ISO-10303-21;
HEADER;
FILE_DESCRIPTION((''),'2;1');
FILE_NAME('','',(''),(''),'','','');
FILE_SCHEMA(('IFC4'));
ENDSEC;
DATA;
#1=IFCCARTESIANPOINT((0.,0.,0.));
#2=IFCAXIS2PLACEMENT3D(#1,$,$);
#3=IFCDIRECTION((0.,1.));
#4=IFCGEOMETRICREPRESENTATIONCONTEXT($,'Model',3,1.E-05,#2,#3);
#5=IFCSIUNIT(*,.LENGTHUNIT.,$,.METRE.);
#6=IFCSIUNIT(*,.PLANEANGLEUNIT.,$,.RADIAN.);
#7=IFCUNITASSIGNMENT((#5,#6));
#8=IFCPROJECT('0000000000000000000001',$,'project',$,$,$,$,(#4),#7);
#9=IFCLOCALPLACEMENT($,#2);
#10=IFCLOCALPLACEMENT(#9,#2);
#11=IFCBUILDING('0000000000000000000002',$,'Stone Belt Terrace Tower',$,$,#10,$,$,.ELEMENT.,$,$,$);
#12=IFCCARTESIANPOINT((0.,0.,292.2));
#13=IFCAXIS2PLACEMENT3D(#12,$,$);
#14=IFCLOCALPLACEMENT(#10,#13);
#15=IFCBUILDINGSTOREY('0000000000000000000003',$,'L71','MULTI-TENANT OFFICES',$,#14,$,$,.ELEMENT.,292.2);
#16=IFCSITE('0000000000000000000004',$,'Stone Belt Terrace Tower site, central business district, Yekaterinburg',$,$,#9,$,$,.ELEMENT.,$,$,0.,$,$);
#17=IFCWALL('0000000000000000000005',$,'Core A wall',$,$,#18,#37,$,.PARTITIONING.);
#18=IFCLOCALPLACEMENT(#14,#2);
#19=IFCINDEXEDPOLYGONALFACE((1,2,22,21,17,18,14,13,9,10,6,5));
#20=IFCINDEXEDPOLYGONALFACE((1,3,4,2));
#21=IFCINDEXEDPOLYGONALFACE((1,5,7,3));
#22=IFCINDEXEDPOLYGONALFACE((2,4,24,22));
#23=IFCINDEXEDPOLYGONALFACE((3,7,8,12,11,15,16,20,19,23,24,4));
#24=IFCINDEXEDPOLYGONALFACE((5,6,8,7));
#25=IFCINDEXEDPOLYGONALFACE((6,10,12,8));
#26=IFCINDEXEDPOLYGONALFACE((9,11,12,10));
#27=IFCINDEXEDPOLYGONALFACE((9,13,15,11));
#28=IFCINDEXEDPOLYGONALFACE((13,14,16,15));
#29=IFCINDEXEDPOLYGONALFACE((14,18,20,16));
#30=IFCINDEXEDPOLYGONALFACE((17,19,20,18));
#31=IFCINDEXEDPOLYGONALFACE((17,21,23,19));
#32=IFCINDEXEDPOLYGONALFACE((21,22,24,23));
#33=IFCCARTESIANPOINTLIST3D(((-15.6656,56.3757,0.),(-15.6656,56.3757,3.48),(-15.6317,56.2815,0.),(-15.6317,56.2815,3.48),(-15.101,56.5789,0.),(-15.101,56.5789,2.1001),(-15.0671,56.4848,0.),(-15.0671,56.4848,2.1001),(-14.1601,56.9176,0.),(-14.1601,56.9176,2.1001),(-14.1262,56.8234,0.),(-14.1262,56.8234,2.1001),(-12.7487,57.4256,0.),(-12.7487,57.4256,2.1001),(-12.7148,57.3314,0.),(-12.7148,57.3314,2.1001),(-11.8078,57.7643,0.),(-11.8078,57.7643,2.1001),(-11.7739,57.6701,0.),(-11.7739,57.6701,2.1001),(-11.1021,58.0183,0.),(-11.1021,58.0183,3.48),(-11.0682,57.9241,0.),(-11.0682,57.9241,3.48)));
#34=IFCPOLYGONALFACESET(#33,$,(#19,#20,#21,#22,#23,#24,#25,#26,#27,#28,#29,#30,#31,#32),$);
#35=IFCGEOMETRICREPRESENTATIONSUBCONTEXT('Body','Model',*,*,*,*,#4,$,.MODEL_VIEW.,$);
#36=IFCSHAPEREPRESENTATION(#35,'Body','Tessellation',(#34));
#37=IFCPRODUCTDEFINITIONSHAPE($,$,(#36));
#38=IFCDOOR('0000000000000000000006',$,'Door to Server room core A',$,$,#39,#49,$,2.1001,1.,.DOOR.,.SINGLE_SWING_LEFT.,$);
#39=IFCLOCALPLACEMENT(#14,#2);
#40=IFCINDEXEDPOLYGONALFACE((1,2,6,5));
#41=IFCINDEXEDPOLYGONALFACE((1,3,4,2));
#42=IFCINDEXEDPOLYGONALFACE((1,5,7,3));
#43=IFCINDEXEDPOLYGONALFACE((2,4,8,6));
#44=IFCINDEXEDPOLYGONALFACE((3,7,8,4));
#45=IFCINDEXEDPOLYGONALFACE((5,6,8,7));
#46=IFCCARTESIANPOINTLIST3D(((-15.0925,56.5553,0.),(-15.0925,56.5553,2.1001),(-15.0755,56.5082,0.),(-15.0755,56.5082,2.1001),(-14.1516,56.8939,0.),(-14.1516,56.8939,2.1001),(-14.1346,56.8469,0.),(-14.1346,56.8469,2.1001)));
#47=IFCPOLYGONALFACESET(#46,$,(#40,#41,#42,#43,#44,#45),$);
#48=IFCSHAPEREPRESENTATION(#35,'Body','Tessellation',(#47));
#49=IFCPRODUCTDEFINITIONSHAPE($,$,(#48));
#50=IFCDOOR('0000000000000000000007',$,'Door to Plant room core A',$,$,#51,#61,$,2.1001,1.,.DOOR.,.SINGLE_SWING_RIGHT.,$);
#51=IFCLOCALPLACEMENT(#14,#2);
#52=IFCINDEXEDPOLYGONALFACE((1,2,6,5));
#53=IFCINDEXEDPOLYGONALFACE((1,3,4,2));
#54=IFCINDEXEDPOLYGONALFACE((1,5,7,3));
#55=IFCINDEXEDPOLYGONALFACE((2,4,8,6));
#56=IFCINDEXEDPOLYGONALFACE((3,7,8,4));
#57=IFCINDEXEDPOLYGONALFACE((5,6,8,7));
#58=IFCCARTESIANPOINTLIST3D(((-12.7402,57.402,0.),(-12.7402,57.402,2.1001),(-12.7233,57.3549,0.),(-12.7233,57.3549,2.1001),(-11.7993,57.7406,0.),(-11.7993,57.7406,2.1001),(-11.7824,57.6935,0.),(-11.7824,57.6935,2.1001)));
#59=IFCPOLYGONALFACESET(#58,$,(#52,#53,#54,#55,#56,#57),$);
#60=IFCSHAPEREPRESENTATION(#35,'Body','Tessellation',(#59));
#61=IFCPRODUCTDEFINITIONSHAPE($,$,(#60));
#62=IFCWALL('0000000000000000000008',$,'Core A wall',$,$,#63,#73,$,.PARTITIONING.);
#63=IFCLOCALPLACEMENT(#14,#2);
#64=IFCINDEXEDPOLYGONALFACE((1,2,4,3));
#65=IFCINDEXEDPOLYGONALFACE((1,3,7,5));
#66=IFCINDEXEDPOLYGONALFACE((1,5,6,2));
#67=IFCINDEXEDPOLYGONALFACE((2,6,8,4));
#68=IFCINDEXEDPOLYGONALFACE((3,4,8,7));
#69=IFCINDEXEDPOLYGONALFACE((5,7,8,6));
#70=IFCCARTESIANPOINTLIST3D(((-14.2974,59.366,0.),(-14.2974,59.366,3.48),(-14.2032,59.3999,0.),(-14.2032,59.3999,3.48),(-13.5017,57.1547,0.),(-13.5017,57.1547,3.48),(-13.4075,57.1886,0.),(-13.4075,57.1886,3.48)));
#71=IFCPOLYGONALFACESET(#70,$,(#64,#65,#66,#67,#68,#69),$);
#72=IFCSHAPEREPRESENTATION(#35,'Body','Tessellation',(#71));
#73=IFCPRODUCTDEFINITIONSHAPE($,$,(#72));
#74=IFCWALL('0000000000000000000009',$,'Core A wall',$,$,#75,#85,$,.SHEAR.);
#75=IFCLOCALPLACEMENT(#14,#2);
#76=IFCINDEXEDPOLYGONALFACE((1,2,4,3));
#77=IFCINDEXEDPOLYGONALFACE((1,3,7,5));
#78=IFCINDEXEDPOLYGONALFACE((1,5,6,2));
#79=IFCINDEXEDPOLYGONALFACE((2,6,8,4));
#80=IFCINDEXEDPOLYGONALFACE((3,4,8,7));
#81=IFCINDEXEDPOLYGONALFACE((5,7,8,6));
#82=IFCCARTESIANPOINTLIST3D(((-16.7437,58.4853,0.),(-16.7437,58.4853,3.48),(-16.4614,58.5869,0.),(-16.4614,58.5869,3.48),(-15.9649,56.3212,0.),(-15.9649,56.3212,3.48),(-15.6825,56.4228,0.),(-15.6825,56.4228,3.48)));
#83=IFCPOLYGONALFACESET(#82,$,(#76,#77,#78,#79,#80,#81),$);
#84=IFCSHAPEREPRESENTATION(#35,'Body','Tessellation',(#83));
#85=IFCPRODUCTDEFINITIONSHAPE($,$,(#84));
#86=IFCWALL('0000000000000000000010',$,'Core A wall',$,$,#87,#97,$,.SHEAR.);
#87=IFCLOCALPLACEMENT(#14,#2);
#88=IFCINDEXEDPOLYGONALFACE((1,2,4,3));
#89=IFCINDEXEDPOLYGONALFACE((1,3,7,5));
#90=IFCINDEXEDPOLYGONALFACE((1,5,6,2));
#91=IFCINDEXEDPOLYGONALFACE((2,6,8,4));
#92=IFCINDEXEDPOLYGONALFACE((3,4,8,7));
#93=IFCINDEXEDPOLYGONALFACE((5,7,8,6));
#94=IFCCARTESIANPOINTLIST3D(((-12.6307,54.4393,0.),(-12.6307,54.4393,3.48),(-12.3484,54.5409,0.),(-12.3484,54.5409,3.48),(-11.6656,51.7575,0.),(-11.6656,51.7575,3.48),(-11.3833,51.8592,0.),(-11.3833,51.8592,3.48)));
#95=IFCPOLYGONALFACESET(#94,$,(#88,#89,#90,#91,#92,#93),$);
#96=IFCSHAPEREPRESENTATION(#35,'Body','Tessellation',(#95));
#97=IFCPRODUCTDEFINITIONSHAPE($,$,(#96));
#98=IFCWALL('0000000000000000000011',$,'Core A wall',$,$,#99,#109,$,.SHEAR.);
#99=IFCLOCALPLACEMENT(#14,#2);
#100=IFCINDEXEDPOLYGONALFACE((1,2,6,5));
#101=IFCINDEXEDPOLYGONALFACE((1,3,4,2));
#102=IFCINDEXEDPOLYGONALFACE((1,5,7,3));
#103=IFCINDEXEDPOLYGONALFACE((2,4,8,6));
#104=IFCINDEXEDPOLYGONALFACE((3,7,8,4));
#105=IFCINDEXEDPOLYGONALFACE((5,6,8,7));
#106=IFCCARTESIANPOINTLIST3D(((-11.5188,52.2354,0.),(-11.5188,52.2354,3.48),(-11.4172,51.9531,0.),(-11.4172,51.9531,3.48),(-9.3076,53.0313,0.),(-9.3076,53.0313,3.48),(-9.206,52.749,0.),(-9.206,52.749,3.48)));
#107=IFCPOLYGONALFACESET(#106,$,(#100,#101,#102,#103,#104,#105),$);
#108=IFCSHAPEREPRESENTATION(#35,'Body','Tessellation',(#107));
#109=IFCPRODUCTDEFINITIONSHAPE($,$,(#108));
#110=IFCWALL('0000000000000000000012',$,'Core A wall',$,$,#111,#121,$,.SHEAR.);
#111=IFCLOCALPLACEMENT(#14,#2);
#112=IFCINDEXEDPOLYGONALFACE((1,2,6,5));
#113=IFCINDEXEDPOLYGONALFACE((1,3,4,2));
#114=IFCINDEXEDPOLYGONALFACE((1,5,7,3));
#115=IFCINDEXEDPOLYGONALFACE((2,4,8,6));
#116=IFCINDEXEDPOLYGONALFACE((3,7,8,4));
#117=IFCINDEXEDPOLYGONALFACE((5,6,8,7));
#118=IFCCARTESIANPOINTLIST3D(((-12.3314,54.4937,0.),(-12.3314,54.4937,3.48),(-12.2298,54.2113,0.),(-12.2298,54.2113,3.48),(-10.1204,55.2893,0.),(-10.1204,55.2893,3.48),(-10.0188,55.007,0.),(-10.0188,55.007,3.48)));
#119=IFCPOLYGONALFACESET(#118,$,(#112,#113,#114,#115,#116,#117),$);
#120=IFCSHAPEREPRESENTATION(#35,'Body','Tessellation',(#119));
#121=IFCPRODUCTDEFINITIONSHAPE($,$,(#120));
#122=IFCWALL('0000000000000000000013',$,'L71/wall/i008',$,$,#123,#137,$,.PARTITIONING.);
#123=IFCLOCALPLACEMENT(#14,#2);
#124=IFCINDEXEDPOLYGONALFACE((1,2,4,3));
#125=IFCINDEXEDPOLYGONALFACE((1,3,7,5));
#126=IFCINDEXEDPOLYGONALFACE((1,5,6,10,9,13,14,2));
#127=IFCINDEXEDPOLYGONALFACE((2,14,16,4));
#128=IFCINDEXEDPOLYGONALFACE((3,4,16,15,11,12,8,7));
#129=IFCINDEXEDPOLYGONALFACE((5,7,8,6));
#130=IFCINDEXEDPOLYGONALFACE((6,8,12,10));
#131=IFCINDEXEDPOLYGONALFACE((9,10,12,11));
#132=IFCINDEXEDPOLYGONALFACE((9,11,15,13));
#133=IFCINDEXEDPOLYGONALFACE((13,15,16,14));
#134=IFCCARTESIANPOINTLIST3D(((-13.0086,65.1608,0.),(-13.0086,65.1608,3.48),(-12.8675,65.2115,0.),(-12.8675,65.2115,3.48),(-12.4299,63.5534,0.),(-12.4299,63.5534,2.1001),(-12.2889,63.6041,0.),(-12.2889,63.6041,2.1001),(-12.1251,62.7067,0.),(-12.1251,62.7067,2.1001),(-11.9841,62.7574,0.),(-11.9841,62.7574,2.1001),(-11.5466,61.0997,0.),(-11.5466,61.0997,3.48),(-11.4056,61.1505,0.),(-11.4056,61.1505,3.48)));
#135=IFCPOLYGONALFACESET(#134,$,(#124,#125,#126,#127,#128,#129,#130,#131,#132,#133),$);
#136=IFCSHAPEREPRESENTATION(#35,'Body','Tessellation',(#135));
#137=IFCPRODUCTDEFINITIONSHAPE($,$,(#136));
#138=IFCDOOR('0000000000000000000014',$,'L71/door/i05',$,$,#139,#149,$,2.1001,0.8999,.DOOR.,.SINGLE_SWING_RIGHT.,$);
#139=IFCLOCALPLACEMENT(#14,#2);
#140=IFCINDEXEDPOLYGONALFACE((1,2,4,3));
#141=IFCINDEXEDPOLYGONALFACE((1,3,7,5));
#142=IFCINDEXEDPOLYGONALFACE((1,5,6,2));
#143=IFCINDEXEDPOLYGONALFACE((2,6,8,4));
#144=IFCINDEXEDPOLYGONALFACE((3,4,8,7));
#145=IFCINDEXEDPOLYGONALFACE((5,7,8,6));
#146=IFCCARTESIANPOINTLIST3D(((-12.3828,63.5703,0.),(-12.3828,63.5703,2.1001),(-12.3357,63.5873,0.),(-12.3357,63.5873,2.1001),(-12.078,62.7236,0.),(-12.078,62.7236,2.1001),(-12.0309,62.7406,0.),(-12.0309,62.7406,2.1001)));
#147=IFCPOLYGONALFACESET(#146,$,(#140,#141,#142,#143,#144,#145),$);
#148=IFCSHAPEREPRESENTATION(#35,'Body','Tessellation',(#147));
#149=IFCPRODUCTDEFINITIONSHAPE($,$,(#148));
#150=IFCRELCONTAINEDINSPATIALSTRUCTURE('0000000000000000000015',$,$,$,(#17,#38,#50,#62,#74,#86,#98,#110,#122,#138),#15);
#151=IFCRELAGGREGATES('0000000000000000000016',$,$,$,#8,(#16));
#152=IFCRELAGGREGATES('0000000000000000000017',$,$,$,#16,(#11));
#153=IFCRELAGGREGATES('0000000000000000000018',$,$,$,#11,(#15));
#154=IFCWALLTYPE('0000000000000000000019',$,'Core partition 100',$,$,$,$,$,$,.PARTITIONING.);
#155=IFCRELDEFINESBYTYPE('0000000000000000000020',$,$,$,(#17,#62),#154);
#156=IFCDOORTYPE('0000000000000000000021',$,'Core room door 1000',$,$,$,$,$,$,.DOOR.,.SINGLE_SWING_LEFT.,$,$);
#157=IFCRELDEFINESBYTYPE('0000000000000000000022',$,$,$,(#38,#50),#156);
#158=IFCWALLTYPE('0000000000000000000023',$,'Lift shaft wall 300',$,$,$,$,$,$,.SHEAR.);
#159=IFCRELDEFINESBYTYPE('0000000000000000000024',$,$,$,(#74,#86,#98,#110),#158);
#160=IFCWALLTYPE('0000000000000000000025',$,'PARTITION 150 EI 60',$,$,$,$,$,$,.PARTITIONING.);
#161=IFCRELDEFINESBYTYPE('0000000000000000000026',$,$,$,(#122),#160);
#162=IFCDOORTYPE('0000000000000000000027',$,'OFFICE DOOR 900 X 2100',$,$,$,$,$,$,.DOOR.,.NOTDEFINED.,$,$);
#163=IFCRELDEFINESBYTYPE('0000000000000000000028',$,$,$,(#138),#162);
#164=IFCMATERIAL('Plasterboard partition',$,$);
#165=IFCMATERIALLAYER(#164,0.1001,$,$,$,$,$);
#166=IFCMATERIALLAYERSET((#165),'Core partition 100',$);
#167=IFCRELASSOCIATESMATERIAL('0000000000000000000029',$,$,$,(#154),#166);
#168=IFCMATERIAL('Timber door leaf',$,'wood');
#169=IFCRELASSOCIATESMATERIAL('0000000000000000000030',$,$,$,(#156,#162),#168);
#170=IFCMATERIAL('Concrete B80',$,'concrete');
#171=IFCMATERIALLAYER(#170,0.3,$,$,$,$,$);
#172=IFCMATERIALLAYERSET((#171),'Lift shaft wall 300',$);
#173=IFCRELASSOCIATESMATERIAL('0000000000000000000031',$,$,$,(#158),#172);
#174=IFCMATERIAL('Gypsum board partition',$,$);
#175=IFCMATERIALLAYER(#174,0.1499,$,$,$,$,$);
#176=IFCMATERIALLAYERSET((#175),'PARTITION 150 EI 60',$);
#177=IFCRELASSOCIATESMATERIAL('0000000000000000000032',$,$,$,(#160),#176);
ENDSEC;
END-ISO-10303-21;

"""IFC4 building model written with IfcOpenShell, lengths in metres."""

from ifc_helpers import new_model, si_unit, direction, frame, frame_2d, origin, place, context, subcontext, project, spatial, rectangle, extrude, material, layer, layer_set, type_object, element, fill, save


model = new_model("IFC4")

# Units and contexts
model_context = context("Model", 3, precision=1e-05, world=origin(), true_north=direction((0.0, 1.0)))
body_context = subcontext(model_context, "Body", "Model", "MODEL_VIEW")
ifc_project = project(units=[si_unit("LENGTHUNIT", "METRE"), si_unit("PLANEANGLEUNIT", "RADIAN")], contexts=[model_context])

# Site, building, storey
site_placement = place(None, origin())
site = spatial("IfcSite", under=ifc_project, at=site_placement, Name="Stone Belt Terrace Tower site, central business district, Yekaterinburg", CompositionType="ELEMENT", RefElevation=0.0)
building_placement = place(site_placement, origin())
building = spatial("IfcBuilding", under=site, at=building_placement, Name="Stone Belt Terrace Tower", CompositionType="ELEMENT")
storey_placement = place(building_placement, frame((0.0, 0.0, 292.2)))
storey = spatial("IfcBuildingStorey", under=building, at=storey_placement, Name="L71", Description="MULTI-TENANT OFFICES", CompositionType="ELEMENT", Elevation=292.2)

# Shared definitions
ifc_material_1 = material(Name="Plasterboard partition")
ifc_layer_1 = layer(ifc_material_1, 0.1001)
ifc_layer_set_1 = layer_set([ifc_layer_1], Name="Core partition 100")
wall_type_1 = type_object("IfcWallType", Name="Core partition 100", PredefinedType="PARTITIONING", material=ifc_layer_set_1)

# Wall, openings, doors
wall_1_placement = place(storey_placement, frame((-15.6487, 56.3286, 0.0), z_axis=(0.0, 0.0, 1.0), x_axis=(0.940905, 0.33867, 0.0)))
wall_1 = element("IfcWall", 1, at=wall_1_placement, inside=storey, type_object=wall_type_1, Name="Core A wall", PredefinedType="PARTITIONING", context=body_context, shape_type="SweptSolid", body=[
    extrude(rectangle(XDim=4.8501, YDim=0.1001, at=frame_2d((2.425, 0.0))), origin(), (0.0, 0.0, 1.0), 3.48),
])
opening_1_placement = place(wall_1_placement, frame((0.6001, 0.0, 0.0)))
opening_1 = element("IfcOpeningElement", 2, at=opening_1_placement, cuts=wall_1, PredefinedType="OPENING", context=body_context, shape_type="SweptSolid", body=[
    extrude(rectangle(XDim=1.0, YDim=2.1001, at=frame_2d((0.5, 1.05))), frame((0.0, 0.0601, 0.0), z_axis=(0.0, -1.0, 0.0), x_axis=(1.0, 0.0, 0.0)), (0.0, 0.0, 1.0), 0.1201),
])
opening_2_placement = place(wall_1_placement, frame((3.1001, 0.0, 0.0)))
opening_2 = element("IfcOpeningElement", 3, at=opening_2_placement, cuts=wall_1, PredefinedType="OPENING", context=body_context, shape_type="SweptSolid", body=[
    extrude(rectangle(XDim=1.0, YDim=2.1001, at=frame_2d((0.5, 1.05))), frame((0.0, 0.0601, 0.0), z_axis=(0.0, -1.0, 0.0), x_axis=(1.0, 0.0, 0.0)), (0.0, 0.0, 1.0), 0.1201),
])
ifc_material_2 = material(Name="Timber door leaf", Category="wood")
door_type_1 = type_object("IfcDoorType", Name="Core room door 1000", OperationType="SINGLE_SWING_LEFT", PredefinedType="DOOR", material=ifc_material_2)
door_1_placement = place(opening_1_placement, origin())
door_1 = element("IfcDoor", 4, at=door_1_placement, inside=storey, type_object=door_type_1, Name="Door to Server room core A", OperationType="SINGLE_SWING_LEFT", OverallHeight=2.1001, OverallWidth=1.0, PredefinedType="DOOR", context=body_context, shape_type="SweptSolid", body=[
    extrude(rectangle(XDim=1.0, YDim=2.1001, at=frame_2d((0.5, 1.05))), frame((0.0, 0.0249, 0.0), z_axis=(0.0, -1.0, 0.0), x_axis=(1.0, 0.0, 0.0)), (0.0, 0.0, 1.0), 0.05),
])
fill(opening_1, door_1)
door_2_placement = place(opening_2_placement, origin())
door_2 = element("IfcDoor", 5, at=door_2_placement, inside=storey, type_object=door_type_1, Name="Door to Plant room core A", OperationType="SINGLE_SWING_RIGHT", OverallHeight=2.1001, OverallWidth=1.0, PredefinedType="DOOR", context=body_context, shape_type="SweptSolid", body=[
    extrude(rectangle(XDim=1.0, YDim=2.1001, at=frame_2d((0.5, 1.05))), frame((0.0, 0.0249, 0.0), z_axis=(0.0, -1.0, 0.0), x_axis=(1.0, 0.0, 0.0)), (0.0, 0.0, 1.0), 0.05),
])
fill(opening_2, door_2)

# Walls
wall_2_placement = place(storey_placement, frame((-13.4546, 57.1716, 0.0), z_axis=(0.0, 0.0, 1.0), x_axis=(-0.33858, 0.940938, 0.0)))
element("IfcWall", 6, at=wall_2_placement, inside=storey, type_object=wall_type_1, Name="Core A wall", PredefinedType="PARTITIONING", context=body_context, shape_type="SweptSolid", body=[
    extrude(rectangle(XDim=2.3501, YDim=0.1001, at=frame_2d((1.175, 0.0))), origin(), (0.0, 0.0, 1.0), 3.48),
])
ifc_material_3 = material(Name="Concrete B80", Category="concrete")
ifc_layer_2 = layer(ifc_material_3, 0.3)
ifc_layer_set_2 = layer_set([ifc_layer_2], Name="Lift shaft wall 300")
wall_type_2 = type_object("IfcWallType", Name="Lift shaft wall 300", PredefinedType="SHEAR", material=ifc_layer_set_2)
wall_3_placement = place(storey_placement, frame((-15.8237, 56.3721, 0.0), z_axis=(0.0, 0.0, 1.0), x_axis=(-0.338622, 0.940923, 0.0)))
element("IfcWall", 7, at=wall_3_placement, inside=storey, type_object=wall_type_2, Name="Core A wall", PredefinedType="SHEAR", context=body_context, shape_type="SweptSolid", body=[
    extrude(rectangle(XDim=2.3, YDim=0.3, at=frame_2d((1.1499, 0.0))), origin(), (0.0, 0.0, 1.0), 3.48),
])
wall_4_placement = place(storey_placement, frame((-11.5244, 51.8083, 0.0), z_axis=(0.0, 0.0, 1.0), x_axis=(-0.338625, 0.940921, 0.0)))
element("IfcWall", 8, at=wall_4_placement, inside=storey, type_object=wall_type_2, Name="Core A wall", PredefinedType="SHEAR", context=body_context, shape_type="SweptSolid", body=[
    extrude(rectangle(XDim=2.8501, YDim=0.3, at=frame_2d((1.425, 0.0))), origin(), (0.0, 0.0, 1.0), 3.48),
])
wall_5_placement = place(storey_placement, frame((-11.468, 52.0942, 0.0), z_axis=(0.0, 0.0, 1.0), x_axis=(0.940905, 0.338672, 0.0)))
element("IfcWall", 9, at=wall_5_placement, inside=storey, type_object=wall_type_2, Name="Core A wall", PredefinedType="SHEAR", context=body_context, shape_type="SweptSolid", body=[
    extrude(rectangle(XDim=2.3501, YDim=0.3, at=frame_2d((1.175, 0.0))), origin(), (0.0, 0.0, 1.0), 3.48),
])
wall_6_placement = place(storey_placement, frame((-12.2805, 54.3525, 0.0), z_axis=(0.0, 0.0, 1.0), x_axis=(0.940926, 0.338613, 0.0)))
element("IfcWall", 10, at=wall_6_placement, inside=storey, type_object=wall_type_2, Name="Core A wall", PredefinedType="SHEAR", context=body_context, shape_type="SweptSolid", body=[
    extrude(rectangle(XDim=2.3499, YDim=0.3, at=frame_2d((1.1748, 0.0))), origin(), (0.0, 0.0, 1.0), 3.48),
])

# Wall, opening, door
ifc_material_4 = material(Name="Gypsum board partition")
ifc_layer_3 = layer(ifc_material_4, 0.1499)
ifc_layer_set_3 = layer_set([ifc_layer_3], Name="PARTITION 150 EI 60")
wall_type_3 = type_object("IfcWallType", Name="PARTITION 150 EI 60", PredefinedType="PARTITIONING", material=ifc_layer_set_3)
wall_7_placement = place(storey_placement, frame((-11.4761, 61.125, 0.0), z_axis=(0.0, 0.0, 1.0), x_axis=(-0.338707, 0.940892, 0.0)))
wall_7 = element("IfcWall", 11, at=wall_7_placement, inside=storey, type_object=wall_type_3, Name="L71/wall/i008", PredefinedType="PARTITIONING", context=body_context, shape_type="SweptSolid", body=[
    extrude(rectangle(XDim=4.3162, YDim=0.1499, at=frame_2d((2.1582, 0.0))), origin(), (0.0, 0.0, 1.0), 3.48),
])
opening_3_placement = place(wall_7_placement, frame((1.708, 0.0, 0.0)))
opening_3 = element("IfcOpeningElement", 12, at=opening_3_placement, cuts=wall_7, PredefinedType="OPENING", context=body_context, shape_type="SweptSolid", body=[
    extrude(rectangle(XDim=0.8999, YDim=2.1001, at=frame_2d((0.45, 1.05))), frame((0.0, 0.085, 0.0), z_axis=(0.0, -1.0, 0.0), x_axis=(1.0, 0.0, 0.0)), (0.0, 0.0, 1.0), 0.1699),
])
door_type_2 = type_object("IfcDoorType", Name="OFFICE DOOR 900 X 2100", OperationType="NOTDEFINED", PredefinedType="DOOR", material=ifc_material_2)
door_3_placement = place(opening_3_placement, origin())
door_3 = element("IfcDoor", 13, at=door_3_placement, inside=storey, type_object=door_type_2, Name="L71/door/i05", OperationType="SINGLE_SWING_RIGHT", OverallHeight=2.1001, OverallWidth=0.8999, PredefinedType="DOOR", context=body_context, shape_type="SweptSolid", body=[
    extrude(rectangle(XDim=0.8999, YDim=2.1001, at=frame_2d((0.45, 1.05))), frame((0.0, 0.0249, 0.0), z_axis=(0.0, -1.0, 0.0), x_axis=(1.0, 0.0, 0.0)), (0.0, 0.0, 1.0), 0.05),
])
fill(opening_3, door_3)

save(model, "model.ifc")
